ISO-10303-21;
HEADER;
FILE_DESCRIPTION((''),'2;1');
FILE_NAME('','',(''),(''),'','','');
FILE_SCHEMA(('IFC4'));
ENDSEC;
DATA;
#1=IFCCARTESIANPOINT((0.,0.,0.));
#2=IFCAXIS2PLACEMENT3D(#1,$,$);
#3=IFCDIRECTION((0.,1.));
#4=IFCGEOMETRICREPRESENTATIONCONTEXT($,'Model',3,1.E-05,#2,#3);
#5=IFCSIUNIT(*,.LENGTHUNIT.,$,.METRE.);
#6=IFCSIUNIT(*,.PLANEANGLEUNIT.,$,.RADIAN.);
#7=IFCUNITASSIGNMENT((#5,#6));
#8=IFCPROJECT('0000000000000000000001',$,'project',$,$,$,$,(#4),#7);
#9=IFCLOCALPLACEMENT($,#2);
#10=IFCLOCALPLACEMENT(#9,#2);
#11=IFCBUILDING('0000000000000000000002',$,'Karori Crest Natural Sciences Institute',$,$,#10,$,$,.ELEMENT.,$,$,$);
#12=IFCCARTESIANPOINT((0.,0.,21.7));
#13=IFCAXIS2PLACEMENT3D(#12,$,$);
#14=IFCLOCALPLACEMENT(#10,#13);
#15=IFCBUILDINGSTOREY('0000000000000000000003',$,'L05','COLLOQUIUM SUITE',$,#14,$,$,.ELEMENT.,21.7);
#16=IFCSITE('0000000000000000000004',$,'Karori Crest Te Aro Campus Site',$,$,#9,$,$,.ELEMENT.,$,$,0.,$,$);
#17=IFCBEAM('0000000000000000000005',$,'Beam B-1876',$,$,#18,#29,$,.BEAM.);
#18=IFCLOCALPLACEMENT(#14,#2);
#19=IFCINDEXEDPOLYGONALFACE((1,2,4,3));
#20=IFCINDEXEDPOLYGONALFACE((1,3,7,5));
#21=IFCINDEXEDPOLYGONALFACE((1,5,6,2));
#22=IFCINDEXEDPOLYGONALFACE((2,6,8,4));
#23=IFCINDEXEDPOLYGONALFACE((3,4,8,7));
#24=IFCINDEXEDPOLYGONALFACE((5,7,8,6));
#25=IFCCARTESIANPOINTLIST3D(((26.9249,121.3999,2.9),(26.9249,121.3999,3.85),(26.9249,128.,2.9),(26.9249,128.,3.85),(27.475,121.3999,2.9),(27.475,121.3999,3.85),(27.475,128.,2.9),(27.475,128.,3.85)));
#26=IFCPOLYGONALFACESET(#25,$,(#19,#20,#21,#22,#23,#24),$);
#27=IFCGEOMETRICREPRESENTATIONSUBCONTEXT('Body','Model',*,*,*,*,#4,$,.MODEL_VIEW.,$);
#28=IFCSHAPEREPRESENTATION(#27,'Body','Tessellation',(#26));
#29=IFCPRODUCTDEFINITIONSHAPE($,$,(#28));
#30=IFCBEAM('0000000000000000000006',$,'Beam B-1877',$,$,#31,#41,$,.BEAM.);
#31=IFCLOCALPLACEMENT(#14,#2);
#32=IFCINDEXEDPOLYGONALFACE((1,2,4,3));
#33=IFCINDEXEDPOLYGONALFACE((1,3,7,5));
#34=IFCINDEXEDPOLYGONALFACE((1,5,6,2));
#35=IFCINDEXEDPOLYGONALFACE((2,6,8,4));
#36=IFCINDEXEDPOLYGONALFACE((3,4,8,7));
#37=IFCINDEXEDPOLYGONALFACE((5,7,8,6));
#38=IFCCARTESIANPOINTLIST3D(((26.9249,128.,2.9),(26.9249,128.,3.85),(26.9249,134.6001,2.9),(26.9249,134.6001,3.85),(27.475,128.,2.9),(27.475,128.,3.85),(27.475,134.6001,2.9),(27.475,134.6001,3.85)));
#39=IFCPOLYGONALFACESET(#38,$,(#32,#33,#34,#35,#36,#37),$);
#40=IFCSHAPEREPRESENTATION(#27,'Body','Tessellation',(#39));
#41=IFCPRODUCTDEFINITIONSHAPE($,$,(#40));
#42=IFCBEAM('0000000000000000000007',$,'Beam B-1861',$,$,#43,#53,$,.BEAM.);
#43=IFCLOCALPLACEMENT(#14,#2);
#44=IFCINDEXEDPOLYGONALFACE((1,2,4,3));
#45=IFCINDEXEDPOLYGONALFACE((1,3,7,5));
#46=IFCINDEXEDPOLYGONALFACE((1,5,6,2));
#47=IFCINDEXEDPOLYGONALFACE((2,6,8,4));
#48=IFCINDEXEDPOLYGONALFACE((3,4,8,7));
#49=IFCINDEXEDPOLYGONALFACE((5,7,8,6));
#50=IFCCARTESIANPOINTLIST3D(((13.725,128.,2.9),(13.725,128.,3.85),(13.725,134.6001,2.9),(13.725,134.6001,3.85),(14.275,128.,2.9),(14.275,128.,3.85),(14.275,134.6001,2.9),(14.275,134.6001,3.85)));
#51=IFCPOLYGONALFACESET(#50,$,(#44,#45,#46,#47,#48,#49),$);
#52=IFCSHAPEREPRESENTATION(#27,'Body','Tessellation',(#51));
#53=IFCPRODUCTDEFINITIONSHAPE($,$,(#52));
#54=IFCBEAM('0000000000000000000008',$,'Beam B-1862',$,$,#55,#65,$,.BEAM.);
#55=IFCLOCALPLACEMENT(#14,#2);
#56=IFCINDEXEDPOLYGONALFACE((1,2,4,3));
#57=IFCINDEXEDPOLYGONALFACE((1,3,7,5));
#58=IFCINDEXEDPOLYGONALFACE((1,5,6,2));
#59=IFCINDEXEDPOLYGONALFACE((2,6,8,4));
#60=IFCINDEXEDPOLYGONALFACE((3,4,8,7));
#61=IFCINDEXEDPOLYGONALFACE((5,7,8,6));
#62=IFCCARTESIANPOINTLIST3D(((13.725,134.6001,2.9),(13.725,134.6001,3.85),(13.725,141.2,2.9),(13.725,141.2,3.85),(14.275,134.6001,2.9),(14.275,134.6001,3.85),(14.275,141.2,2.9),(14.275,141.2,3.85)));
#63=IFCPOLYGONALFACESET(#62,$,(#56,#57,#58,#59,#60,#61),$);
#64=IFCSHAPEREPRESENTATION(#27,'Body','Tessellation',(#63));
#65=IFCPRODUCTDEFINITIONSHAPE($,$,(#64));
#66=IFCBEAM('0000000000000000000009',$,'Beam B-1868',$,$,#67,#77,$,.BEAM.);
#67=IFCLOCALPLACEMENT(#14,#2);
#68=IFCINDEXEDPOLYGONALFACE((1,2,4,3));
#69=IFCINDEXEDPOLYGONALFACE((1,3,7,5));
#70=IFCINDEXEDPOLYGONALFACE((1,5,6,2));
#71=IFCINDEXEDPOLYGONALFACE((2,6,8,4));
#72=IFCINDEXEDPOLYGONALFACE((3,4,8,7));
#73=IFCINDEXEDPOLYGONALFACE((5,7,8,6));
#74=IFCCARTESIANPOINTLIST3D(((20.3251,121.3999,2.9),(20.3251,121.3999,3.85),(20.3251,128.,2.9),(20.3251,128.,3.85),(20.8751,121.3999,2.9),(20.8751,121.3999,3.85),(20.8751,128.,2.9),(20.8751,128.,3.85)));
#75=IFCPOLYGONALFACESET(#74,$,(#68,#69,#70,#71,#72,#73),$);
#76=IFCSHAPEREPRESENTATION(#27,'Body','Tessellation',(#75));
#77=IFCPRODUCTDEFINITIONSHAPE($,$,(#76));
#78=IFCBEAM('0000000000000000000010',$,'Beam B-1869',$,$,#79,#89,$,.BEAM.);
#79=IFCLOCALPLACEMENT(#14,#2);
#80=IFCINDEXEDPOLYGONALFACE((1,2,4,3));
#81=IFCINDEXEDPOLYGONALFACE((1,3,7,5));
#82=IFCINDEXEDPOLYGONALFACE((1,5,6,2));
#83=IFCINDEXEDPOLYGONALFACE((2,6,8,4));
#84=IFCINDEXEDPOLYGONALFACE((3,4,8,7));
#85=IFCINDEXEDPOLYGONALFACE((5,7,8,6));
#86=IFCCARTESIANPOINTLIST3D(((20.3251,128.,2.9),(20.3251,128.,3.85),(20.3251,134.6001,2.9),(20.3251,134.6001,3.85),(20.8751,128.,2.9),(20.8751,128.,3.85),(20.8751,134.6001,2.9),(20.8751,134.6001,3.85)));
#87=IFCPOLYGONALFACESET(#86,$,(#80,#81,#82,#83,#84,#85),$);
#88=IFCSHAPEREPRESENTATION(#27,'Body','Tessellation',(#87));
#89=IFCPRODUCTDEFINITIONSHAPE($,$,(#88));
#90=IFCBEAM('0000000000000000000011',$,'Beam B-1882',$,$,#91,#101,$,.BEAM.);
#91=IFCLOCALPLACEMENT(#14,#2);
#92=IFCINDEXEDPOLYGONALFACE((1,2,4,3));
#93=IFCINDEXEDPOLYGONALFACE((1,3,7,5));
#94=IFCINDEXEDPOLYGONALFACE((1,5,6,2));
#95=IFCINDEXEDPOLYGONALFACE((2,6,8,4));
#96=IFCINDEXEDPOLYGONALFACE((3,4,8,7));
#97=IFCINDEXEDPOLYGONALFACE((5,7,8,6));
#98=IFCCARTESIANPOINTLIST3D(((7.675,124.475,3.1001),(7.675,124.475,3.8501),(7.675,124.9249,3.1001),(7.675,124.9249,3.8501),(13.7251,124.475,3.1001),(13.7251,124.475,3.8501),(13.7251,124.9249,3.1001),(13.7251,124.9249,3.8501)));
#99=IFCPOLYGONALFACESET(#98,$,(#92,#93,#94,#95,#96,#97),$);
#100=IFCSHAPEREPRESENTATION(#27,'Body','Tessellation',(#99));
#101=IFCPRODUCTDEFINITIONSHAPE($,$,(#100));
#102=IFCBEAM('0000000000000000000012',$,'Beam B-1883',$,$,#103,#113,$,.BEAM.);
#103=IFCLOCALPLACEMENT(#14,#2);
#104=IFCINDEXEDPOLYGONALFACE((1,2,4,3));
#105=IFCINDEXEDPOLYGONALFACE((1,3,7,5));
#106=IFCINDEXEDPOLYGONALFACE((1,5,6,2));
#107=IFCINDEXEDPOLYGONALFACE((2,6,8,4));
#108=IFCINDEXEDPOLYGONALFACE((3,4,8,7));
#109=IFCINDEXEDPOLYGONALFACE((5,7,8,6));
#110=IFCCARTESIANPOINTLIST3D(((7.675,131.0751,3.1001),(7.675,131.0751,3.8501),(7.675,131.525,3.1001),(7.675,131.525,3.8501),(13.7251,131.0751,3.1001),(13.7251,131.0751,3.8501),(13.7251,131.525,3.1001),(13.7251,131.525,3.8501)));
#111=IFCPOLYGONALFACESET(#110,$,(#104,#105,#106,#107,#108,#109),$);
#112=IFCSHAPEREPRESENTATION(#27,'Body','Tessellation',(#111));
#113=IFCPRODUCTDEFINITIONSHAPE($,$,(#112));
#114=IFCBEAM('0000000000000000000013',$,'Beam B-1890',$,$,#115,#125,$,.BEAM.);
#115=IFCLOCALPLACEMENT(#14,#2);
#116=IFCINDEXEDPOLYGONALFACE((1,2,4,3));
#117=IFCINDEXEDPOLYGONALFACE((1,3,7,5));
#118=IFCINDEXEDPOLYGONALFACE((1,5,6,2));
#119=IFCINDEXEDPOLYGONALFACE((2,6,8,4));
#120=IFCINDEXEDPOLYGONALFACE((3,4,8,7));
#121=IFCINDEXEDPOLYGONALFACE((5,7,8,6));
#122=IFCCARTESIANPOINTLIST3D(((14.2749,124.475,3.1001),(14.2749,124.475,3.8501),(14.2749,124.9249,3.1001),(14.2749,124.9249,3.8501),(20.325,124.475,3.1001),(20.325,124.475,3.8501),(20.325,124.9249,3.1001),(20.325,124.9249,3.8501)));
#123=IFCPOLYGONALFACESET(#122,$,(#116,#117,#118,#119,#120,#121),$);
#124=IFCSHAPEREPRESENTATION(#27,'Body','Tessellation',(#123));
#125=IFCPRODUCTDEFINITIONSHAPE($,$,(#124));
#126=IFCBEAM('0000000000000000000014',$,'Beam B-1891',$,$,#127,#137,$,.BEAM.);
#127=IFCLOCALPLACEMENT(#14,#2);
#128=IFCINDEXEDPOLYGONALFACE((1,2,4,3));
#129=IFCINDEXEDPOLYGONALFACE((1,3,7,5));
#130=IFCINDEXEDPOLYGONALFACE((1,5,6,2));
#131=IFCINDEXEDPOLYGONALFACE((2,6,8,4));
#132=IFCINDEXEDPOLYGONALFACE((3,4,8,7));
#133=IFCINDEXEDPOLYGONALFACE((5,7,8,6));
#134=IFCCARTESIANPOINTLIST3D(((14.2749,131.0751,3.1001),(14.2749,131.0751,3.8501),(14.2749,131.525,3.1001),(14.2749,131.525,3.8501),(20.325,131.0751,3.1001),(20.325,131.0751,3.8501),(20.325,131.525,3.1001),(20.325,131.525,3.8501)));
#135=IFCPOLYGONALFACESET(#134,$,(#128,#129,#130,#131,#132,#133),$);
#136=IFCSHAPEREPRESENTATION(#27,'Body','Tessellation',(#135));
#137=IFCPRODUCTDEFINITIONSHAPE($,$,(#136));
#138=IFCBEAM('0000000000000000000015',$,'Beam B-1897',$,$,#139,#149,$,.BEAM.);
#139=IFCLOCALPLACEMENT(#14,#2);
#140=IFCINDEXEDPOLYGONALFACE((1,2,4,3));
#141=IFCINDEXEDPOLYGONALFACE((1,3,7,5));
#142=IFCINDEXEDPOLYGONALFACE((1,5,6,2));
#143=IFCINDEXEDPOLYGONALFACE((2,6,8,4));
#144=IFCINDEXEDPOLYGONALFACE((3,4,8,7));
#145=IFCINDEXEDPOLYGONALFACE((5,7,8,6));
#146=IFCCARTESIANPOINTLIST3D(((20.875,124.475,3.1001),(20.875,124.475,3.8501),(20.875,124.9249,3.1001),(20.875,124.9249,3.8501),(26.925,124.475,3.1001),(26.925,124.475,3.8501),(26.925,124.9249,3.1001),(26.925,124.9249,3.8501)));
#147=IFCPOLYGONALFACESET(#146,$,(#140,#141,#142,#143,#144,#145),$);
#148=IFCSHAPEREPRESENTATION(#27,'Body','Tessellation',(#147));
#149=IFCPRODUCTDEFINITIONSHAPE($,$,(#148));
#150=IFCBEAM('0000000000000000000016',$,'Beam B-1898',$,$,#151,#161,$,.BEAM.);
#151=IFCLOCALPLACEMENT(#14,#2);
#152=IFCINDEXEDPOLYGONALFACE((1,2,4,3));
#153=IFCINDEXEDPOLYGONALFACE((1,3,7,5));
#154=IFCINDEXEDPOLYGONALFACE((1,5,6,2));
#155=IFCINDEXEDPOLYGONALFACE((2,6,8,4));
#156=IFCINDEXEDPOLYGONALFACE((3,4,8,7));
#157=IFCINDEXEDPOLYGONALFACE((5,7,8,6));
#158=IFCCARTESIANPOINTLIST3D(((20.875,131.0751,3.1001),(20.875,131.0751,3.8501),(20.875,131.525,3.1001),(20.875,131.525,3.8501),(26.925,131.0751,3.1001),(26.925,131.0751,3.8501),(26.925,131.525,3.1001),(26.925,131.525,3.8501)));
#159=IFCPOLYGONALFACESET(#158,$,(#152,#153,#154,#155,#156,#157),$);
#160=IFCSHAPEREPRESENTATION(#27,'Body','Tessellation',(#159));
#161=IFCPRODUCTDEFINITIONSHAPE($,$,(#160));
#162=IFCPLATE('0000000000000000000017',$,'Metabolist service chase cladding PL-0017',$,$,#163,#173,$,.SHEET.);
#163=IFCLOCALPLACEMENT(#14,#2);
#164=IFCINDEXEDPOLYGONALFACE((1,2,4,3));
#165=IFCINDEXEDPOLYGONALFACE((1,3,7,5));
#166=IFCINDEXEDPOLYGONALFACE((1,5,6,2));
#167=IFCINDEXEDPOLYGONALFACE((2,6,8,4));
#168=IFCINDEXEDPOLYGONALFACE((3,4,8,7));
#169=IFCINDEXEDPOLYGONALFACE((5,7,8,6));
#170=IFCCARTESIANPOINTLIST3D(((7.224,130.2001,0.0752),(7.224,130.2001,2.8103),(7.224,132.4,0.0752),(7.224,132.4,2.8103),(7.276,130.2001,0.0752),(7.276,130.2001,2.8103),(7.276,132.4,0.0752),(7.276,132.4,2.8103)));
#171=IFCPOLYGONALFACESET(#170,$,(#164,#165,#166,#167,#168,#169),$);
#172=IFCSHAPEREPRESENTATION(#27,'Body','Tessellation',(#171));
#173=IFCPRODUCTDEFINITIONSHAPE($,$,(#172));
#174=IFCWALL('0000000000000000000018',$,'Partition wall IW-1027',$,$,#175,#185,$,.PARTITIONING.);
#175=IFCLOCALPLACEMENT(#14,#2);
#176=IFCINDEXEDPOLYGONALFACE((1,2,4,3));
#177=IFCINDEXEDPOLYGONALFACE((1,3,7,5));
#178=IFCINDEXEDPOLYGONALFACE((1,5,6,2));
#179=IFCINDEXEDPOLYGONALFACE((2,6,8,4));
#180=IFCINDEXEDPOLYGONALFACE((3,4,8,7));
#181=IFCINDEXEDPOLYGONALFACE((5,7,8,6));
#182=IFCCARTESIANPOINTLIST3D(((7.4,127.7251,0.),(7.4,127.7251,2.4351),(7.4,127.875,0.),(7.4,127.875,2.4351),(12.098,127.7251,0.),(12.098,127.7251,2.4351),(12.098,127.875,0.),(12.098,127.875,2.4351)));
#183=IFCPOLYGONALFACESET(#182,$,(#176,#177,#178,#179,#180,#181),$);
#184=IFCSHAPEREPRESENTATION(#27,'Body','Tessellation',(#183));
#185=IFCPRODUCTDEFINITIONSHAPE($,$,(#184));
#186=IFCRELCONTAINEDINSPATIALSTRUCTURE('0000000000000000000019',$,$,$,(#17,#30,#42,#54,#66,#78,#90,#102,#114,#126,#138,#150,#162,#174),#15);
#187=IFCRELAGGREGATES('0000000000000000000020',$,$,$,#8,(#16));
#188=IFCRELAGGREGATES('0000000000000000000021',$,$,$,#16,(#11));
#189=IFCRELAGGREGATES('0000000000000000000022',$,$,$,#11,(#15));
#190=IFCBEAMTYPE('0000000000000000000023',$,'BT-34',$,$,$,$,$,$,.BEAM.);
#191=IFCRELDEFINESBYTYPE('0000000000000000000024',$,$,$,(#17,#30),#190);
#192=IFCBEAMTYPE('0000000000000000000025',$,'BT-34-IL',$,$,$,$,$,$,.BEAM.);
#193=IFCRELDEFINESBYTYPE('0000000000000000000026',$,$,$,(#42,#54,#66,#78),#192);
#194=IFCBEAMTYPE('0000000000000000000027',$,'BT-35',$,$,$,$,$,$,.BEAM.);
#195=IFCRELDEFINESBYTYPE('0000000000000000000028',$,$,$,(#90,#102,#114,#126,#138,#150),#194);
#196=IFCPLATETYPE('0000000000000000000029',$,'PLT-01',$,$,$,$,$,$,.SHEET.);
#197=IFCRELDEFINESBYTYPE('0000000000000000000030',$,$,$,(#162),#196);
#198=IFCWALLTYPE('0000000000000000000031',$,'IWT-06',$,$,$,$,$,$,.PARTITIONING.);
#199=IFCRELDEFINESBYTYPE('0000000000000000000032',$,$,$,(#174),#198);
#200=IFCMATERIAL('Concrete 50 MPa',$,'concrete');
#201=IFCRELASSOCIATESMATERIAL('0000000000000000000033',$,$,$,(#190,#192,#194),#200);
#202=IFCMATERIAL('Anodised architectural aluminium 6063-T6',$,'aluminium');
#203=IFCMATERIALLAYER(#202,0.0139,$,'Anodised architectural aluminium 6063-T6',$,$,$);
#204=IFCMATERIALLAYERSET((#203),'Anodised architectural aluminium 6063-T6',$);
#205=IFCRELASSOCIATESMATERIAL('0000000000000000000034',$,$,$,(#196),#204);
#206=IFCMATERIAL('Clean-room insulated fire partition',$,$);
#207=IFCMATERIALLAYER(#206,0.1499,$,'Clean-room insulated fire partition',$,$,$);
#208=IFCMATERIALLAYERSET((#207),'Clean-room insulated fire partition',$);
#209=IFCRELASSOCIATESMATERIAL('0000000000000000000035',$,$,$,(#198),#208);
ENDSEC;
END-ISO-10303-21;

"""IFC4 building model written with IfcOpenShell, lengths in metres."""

from ifc_helpers import new_model, si_unit, direction, frame, frame_2d, origin, origin_2d, place, context, subcontext, project, spatial, rectangle, extrude, material, layer, layer_set, material_profile, profile_set, type_object, element, save


model = new_model("IFC4")

# Units and contexts
model_context = context("Model", 3, precision=1e-05, world=origin(), true_north=direction((0.0, 1.0)))
body_context = subcontext(model_context, "Body", "Model", "MODEL_VIEW")
ifc_project = project(units=[si_unit("LENGTHUNIT", "METRE"), si_unit("PLANEANGLEUNIT", "RADIAN")], contexts=[model_context])

# Site, building, storey
site_placement = place(None, origin())
site = spatial("IfcSite", under=ifc_project, at=site_placement, Name="Karori Crest Te Aro Campus Site", CompositionType="ELEMENT", RefElevation=0.0)
building_placement = place(site_placement, origin())
building = spatial("IfcBuilding", under=site, at=building_placement, Name="Karori Crest Natural Sciences Institute", CompositionType="ELEMENT")
storey_placement = place(building_placement, frame((0.0, 0.0, 21.7)))
storey = spatial("IfcBuildingStorey", under=building, at=storey_placement, Name="L05", Description="COLLOQUIUM SUITE", CompositionType="ELEMENT", Elevation=21.7)

# Shared definitions
ifc_material_1 = material(Name="Concrete 50 MPa", Category="concrete")

# Beams
ifc_material_profile_1 = material_profile(ifc_material_1, rectangle(XDim=0.55, YDim=0.95, at=origin_2d()), Name="RCB550x950")
ifc_profile_set_1 = profile_set([ifc_material_profile_1], Name="Concrete 50 MPa")
beam_type_1 = type_object("IfcBeamType", Name="BT-34", PredefinedType="BEAM", material=ifc_profile_set_1)
for number, where, z_axis, x_axis, name in (
    (1, (27.2, 121.3999, 3.375), (0.0, 1.0, 0.0), (-1.0, 0.0, 0.0), "Beam B-1876"),
    (2, (27.2, 128.0, 3.375), (0.0, 1.0, 0.0), (-1.0, 0.0, 0.0), "Beam B-1877"),
):
    element("IfcBeam", number, at=place(storey_placement, frame(where, z_axis=z_axis, x_axis=x_axis)), inside=storey, type_object=beam_type_1, Name=name, PredefinedType="BEAM", context=body_context, shape_type="SweptSolid", body=[
        extrude(rectangle(XDim=0.55, YDim=0.95, at=origin_2d()), origin(), (0.0, 0.0, 1.0), 6.6001),
    ])
ifc_material_profile_2 = material_profile(ifc_material_1, rectangle(XDim=0.55, YDim=0.95, at=origin_2d()), Name="RCB550x950")
ifc_profile_set_2 = profile_set([ifc_material_profile_2], Name="Concrete 50 MPa")
beam_type_2 = type_object("IfcBeamType", Name="BT-34-IL", PredefinedType="BEAM", material=ifc_profile_set_2)
beam_1_placement = place(storey_placement, frame((14.0, 128.0, 3.375), z_axis=(0.0, 1.0, 0.0), x_axis=(-1.0, 0.0, 0.0)))
element("IfcBeam", 3, at=beam_1_placement, inside=storey, type_object=beam_type_2, Name="Beam B-1861", PredefinedType="BEAM", context=body_context, shape_type="SweptSolid", body=[
    extrude(rectangle(XDim=0.55, YDim=0.95, at=origin_2d()), origin(), (0.0, 0.0, 1.0), 6.6001),
])
beam_2_placement = place(storey_placement, frame((14.0, 134.6001, 3.375), z_axis=(0.0, 1.0, 0.0), x_axis=(-1.0, 0.0, 0.0)))
element("IfcBeam", 4, at=beam_2_placement, inside=storey, type_object=beam_type_2, Name="Beam B-1862", PredefinedType="BEAM", context=body_context, shape_type="SweptSolid", body=[
    extrude(rectangle(XDim=0.55, YDim=0.95, at=origin_2d()), origin(), (0.0, 0.0, 1.0), 6.5999),
])
for number, where, z_axis, x_axis, name in (
    (5, (20.6001, 121.3999, 3.375), (0.0, 1.0, 0.0), (-1.0, 0.0, 0.0), "Beam B-1868"),
    (6, (20.6001, 128.0, 3.375), (0.0, 1.0, 0.0), (-1.0, 0.0, 0.0), "Beam B-1869"),
):
    element("IfcBeam", number, at=place(storey_placement, frame(where, z_axis=z_axis, x_axis=x_axis)), inside=storey, type_object=beam_type_2, Name=name, PredefinedType="BEAM", context=body_context, shape_type="SweptSolid", body=[
        extrude(rectangle(XDim=0.55, YDim=0.95, at=origin_2d()), origin(), (0.0, 0.0, 1.0), 6.6001),
    ])
ifc_material_profile_3 = material_profile(ifc_material_1, rectangle(XDim=0.45, YDim=0.75, at=origin_2d()), Name="RCB450x750")
ifc_profile_set_3 = profile_set([ifc_material_profile_3], Name="Concrete 50 MPa")
beam_type_3 = type_object("IfcBeamType", Name="BT-35", PredefinedType="BEAM", material=ifc_profile_set_3)
for number, where, z_axis, x_axis, name in (
    (7, (7.675, 124.7, 3.4751), (1.0, 0.0, 0.0), (0.0, 1.0, 0.0), "Beam B-1882"),
    (8, (7.675, 131.3, 3.4751), (1.0, 0.0, 0.0), (0.0, 1.0, 0.0), "Beam B-1883"),
    (9, (14.2749, 124.7, 3.4751), (1.0, 0.0, 0.0), (0.0, 1.0, 0.0), "Beam B-1890"),
    (10, (14.2749, 131.3, 3.4751), (1.0, 0.0, 0.0), (0.0, 1.0, 0.0), "Beam B-1891"),
    (11, (20.875, 124.7, 3.4751), (1.0, 0.0, 0.0), (0.0, 1.0, 0.0), "Beam B-1897"),
    (12, (20.875, 131.3, 3.4751), (1.0, 0.0, 0.0), (0.0, 1.0, 0.0), "Beam B-1898"),
):
    element("IfcBeam", number, at=place(storey_placement, frame(where, z_axis=z_axis, x_axis=x_axis)), inside=storey, type_object=beam_type_3, Name=name, PredefinedType="BEAM", context=body_context, shape_type="SweptSolid", body=[
        extrude(rectangle(XDim=0.45, YDim=0.75, at=origin_2d()), origin(), (0.0, 0.0, 1.0), 6.05),
    ])

# Plate
ifc_material_2 = material(Name="Anodised architectural aluminium 6063-T6", Category="aluminium")
ifc_layer_1 = layer(ifc_material_2, 0.0139, Name="Anodised architectural aluminium 6063-T6")
ifc_layer_set_1 = layer_set([ifc_layer_1], Name="Anodised architectural aluminium 6063-T6")
plate_type = type_object("IfcPlateType", Name="PLT-01", PredefinedType="SHEET", material=ifc_layer_set_1)
plate_placement = place(storey_placement, frame((7.25, 131.3, 0.0752), z_axis=(0.0, 0.0, 1.0), x_axis=(1.0, 0.0, 0.0)))
element("IfcPlate", 13, at=plate_placement, inside=storey, type_object=plate_type, Name="Metabolist service chase cladding PL-0017", PredefinedType="SHEET", context=body_context, shape_type="SweptSolid", body=[
    extrude(rectangle(XDim=0.052, YDim=2.2, at=origin_2d()), origin(), (0.0, 0.0, 1.0), 2.7351),
])

# Wall
ifc_material_3 = material(Name="Clean-room insulated fire partition")
ifc_layer_2 = layer(ifc_material_3, 0.1499, Name="Clean-room insulated fire partition")
ifc_layer_set_2 = layer_set([ifc_layer_2], Name="Clean-room insulated fire partition")
wall_type = type_object("IfcWallType", Name="IWT-06", PredefinedType="PARTITIONING", material=ifc_layer_set_2)
wall_1_placement = place(storey_placement, frame((7.3999, 127.8, 0.0), z_axis=(0.0, 0.0, 1.0), x_axis=(1.0, 0.0, 0.0)))
element("IfcWall", 14, at=wall_1_placement, inside=storey, type_object=wall_type, Name="Partition wall IW-1027", PredefinedType="PARTITIONING", context=body_context, shape_type="SweptSolid", body=[
    extrude(rectangle(XDim=4.698, YDim=0.1499, at=frame_2d((2.3491, 0.0))), origin(), (0.0, 0.0, 1.0), 2.4351),
])

save(model, "model.ifc")
